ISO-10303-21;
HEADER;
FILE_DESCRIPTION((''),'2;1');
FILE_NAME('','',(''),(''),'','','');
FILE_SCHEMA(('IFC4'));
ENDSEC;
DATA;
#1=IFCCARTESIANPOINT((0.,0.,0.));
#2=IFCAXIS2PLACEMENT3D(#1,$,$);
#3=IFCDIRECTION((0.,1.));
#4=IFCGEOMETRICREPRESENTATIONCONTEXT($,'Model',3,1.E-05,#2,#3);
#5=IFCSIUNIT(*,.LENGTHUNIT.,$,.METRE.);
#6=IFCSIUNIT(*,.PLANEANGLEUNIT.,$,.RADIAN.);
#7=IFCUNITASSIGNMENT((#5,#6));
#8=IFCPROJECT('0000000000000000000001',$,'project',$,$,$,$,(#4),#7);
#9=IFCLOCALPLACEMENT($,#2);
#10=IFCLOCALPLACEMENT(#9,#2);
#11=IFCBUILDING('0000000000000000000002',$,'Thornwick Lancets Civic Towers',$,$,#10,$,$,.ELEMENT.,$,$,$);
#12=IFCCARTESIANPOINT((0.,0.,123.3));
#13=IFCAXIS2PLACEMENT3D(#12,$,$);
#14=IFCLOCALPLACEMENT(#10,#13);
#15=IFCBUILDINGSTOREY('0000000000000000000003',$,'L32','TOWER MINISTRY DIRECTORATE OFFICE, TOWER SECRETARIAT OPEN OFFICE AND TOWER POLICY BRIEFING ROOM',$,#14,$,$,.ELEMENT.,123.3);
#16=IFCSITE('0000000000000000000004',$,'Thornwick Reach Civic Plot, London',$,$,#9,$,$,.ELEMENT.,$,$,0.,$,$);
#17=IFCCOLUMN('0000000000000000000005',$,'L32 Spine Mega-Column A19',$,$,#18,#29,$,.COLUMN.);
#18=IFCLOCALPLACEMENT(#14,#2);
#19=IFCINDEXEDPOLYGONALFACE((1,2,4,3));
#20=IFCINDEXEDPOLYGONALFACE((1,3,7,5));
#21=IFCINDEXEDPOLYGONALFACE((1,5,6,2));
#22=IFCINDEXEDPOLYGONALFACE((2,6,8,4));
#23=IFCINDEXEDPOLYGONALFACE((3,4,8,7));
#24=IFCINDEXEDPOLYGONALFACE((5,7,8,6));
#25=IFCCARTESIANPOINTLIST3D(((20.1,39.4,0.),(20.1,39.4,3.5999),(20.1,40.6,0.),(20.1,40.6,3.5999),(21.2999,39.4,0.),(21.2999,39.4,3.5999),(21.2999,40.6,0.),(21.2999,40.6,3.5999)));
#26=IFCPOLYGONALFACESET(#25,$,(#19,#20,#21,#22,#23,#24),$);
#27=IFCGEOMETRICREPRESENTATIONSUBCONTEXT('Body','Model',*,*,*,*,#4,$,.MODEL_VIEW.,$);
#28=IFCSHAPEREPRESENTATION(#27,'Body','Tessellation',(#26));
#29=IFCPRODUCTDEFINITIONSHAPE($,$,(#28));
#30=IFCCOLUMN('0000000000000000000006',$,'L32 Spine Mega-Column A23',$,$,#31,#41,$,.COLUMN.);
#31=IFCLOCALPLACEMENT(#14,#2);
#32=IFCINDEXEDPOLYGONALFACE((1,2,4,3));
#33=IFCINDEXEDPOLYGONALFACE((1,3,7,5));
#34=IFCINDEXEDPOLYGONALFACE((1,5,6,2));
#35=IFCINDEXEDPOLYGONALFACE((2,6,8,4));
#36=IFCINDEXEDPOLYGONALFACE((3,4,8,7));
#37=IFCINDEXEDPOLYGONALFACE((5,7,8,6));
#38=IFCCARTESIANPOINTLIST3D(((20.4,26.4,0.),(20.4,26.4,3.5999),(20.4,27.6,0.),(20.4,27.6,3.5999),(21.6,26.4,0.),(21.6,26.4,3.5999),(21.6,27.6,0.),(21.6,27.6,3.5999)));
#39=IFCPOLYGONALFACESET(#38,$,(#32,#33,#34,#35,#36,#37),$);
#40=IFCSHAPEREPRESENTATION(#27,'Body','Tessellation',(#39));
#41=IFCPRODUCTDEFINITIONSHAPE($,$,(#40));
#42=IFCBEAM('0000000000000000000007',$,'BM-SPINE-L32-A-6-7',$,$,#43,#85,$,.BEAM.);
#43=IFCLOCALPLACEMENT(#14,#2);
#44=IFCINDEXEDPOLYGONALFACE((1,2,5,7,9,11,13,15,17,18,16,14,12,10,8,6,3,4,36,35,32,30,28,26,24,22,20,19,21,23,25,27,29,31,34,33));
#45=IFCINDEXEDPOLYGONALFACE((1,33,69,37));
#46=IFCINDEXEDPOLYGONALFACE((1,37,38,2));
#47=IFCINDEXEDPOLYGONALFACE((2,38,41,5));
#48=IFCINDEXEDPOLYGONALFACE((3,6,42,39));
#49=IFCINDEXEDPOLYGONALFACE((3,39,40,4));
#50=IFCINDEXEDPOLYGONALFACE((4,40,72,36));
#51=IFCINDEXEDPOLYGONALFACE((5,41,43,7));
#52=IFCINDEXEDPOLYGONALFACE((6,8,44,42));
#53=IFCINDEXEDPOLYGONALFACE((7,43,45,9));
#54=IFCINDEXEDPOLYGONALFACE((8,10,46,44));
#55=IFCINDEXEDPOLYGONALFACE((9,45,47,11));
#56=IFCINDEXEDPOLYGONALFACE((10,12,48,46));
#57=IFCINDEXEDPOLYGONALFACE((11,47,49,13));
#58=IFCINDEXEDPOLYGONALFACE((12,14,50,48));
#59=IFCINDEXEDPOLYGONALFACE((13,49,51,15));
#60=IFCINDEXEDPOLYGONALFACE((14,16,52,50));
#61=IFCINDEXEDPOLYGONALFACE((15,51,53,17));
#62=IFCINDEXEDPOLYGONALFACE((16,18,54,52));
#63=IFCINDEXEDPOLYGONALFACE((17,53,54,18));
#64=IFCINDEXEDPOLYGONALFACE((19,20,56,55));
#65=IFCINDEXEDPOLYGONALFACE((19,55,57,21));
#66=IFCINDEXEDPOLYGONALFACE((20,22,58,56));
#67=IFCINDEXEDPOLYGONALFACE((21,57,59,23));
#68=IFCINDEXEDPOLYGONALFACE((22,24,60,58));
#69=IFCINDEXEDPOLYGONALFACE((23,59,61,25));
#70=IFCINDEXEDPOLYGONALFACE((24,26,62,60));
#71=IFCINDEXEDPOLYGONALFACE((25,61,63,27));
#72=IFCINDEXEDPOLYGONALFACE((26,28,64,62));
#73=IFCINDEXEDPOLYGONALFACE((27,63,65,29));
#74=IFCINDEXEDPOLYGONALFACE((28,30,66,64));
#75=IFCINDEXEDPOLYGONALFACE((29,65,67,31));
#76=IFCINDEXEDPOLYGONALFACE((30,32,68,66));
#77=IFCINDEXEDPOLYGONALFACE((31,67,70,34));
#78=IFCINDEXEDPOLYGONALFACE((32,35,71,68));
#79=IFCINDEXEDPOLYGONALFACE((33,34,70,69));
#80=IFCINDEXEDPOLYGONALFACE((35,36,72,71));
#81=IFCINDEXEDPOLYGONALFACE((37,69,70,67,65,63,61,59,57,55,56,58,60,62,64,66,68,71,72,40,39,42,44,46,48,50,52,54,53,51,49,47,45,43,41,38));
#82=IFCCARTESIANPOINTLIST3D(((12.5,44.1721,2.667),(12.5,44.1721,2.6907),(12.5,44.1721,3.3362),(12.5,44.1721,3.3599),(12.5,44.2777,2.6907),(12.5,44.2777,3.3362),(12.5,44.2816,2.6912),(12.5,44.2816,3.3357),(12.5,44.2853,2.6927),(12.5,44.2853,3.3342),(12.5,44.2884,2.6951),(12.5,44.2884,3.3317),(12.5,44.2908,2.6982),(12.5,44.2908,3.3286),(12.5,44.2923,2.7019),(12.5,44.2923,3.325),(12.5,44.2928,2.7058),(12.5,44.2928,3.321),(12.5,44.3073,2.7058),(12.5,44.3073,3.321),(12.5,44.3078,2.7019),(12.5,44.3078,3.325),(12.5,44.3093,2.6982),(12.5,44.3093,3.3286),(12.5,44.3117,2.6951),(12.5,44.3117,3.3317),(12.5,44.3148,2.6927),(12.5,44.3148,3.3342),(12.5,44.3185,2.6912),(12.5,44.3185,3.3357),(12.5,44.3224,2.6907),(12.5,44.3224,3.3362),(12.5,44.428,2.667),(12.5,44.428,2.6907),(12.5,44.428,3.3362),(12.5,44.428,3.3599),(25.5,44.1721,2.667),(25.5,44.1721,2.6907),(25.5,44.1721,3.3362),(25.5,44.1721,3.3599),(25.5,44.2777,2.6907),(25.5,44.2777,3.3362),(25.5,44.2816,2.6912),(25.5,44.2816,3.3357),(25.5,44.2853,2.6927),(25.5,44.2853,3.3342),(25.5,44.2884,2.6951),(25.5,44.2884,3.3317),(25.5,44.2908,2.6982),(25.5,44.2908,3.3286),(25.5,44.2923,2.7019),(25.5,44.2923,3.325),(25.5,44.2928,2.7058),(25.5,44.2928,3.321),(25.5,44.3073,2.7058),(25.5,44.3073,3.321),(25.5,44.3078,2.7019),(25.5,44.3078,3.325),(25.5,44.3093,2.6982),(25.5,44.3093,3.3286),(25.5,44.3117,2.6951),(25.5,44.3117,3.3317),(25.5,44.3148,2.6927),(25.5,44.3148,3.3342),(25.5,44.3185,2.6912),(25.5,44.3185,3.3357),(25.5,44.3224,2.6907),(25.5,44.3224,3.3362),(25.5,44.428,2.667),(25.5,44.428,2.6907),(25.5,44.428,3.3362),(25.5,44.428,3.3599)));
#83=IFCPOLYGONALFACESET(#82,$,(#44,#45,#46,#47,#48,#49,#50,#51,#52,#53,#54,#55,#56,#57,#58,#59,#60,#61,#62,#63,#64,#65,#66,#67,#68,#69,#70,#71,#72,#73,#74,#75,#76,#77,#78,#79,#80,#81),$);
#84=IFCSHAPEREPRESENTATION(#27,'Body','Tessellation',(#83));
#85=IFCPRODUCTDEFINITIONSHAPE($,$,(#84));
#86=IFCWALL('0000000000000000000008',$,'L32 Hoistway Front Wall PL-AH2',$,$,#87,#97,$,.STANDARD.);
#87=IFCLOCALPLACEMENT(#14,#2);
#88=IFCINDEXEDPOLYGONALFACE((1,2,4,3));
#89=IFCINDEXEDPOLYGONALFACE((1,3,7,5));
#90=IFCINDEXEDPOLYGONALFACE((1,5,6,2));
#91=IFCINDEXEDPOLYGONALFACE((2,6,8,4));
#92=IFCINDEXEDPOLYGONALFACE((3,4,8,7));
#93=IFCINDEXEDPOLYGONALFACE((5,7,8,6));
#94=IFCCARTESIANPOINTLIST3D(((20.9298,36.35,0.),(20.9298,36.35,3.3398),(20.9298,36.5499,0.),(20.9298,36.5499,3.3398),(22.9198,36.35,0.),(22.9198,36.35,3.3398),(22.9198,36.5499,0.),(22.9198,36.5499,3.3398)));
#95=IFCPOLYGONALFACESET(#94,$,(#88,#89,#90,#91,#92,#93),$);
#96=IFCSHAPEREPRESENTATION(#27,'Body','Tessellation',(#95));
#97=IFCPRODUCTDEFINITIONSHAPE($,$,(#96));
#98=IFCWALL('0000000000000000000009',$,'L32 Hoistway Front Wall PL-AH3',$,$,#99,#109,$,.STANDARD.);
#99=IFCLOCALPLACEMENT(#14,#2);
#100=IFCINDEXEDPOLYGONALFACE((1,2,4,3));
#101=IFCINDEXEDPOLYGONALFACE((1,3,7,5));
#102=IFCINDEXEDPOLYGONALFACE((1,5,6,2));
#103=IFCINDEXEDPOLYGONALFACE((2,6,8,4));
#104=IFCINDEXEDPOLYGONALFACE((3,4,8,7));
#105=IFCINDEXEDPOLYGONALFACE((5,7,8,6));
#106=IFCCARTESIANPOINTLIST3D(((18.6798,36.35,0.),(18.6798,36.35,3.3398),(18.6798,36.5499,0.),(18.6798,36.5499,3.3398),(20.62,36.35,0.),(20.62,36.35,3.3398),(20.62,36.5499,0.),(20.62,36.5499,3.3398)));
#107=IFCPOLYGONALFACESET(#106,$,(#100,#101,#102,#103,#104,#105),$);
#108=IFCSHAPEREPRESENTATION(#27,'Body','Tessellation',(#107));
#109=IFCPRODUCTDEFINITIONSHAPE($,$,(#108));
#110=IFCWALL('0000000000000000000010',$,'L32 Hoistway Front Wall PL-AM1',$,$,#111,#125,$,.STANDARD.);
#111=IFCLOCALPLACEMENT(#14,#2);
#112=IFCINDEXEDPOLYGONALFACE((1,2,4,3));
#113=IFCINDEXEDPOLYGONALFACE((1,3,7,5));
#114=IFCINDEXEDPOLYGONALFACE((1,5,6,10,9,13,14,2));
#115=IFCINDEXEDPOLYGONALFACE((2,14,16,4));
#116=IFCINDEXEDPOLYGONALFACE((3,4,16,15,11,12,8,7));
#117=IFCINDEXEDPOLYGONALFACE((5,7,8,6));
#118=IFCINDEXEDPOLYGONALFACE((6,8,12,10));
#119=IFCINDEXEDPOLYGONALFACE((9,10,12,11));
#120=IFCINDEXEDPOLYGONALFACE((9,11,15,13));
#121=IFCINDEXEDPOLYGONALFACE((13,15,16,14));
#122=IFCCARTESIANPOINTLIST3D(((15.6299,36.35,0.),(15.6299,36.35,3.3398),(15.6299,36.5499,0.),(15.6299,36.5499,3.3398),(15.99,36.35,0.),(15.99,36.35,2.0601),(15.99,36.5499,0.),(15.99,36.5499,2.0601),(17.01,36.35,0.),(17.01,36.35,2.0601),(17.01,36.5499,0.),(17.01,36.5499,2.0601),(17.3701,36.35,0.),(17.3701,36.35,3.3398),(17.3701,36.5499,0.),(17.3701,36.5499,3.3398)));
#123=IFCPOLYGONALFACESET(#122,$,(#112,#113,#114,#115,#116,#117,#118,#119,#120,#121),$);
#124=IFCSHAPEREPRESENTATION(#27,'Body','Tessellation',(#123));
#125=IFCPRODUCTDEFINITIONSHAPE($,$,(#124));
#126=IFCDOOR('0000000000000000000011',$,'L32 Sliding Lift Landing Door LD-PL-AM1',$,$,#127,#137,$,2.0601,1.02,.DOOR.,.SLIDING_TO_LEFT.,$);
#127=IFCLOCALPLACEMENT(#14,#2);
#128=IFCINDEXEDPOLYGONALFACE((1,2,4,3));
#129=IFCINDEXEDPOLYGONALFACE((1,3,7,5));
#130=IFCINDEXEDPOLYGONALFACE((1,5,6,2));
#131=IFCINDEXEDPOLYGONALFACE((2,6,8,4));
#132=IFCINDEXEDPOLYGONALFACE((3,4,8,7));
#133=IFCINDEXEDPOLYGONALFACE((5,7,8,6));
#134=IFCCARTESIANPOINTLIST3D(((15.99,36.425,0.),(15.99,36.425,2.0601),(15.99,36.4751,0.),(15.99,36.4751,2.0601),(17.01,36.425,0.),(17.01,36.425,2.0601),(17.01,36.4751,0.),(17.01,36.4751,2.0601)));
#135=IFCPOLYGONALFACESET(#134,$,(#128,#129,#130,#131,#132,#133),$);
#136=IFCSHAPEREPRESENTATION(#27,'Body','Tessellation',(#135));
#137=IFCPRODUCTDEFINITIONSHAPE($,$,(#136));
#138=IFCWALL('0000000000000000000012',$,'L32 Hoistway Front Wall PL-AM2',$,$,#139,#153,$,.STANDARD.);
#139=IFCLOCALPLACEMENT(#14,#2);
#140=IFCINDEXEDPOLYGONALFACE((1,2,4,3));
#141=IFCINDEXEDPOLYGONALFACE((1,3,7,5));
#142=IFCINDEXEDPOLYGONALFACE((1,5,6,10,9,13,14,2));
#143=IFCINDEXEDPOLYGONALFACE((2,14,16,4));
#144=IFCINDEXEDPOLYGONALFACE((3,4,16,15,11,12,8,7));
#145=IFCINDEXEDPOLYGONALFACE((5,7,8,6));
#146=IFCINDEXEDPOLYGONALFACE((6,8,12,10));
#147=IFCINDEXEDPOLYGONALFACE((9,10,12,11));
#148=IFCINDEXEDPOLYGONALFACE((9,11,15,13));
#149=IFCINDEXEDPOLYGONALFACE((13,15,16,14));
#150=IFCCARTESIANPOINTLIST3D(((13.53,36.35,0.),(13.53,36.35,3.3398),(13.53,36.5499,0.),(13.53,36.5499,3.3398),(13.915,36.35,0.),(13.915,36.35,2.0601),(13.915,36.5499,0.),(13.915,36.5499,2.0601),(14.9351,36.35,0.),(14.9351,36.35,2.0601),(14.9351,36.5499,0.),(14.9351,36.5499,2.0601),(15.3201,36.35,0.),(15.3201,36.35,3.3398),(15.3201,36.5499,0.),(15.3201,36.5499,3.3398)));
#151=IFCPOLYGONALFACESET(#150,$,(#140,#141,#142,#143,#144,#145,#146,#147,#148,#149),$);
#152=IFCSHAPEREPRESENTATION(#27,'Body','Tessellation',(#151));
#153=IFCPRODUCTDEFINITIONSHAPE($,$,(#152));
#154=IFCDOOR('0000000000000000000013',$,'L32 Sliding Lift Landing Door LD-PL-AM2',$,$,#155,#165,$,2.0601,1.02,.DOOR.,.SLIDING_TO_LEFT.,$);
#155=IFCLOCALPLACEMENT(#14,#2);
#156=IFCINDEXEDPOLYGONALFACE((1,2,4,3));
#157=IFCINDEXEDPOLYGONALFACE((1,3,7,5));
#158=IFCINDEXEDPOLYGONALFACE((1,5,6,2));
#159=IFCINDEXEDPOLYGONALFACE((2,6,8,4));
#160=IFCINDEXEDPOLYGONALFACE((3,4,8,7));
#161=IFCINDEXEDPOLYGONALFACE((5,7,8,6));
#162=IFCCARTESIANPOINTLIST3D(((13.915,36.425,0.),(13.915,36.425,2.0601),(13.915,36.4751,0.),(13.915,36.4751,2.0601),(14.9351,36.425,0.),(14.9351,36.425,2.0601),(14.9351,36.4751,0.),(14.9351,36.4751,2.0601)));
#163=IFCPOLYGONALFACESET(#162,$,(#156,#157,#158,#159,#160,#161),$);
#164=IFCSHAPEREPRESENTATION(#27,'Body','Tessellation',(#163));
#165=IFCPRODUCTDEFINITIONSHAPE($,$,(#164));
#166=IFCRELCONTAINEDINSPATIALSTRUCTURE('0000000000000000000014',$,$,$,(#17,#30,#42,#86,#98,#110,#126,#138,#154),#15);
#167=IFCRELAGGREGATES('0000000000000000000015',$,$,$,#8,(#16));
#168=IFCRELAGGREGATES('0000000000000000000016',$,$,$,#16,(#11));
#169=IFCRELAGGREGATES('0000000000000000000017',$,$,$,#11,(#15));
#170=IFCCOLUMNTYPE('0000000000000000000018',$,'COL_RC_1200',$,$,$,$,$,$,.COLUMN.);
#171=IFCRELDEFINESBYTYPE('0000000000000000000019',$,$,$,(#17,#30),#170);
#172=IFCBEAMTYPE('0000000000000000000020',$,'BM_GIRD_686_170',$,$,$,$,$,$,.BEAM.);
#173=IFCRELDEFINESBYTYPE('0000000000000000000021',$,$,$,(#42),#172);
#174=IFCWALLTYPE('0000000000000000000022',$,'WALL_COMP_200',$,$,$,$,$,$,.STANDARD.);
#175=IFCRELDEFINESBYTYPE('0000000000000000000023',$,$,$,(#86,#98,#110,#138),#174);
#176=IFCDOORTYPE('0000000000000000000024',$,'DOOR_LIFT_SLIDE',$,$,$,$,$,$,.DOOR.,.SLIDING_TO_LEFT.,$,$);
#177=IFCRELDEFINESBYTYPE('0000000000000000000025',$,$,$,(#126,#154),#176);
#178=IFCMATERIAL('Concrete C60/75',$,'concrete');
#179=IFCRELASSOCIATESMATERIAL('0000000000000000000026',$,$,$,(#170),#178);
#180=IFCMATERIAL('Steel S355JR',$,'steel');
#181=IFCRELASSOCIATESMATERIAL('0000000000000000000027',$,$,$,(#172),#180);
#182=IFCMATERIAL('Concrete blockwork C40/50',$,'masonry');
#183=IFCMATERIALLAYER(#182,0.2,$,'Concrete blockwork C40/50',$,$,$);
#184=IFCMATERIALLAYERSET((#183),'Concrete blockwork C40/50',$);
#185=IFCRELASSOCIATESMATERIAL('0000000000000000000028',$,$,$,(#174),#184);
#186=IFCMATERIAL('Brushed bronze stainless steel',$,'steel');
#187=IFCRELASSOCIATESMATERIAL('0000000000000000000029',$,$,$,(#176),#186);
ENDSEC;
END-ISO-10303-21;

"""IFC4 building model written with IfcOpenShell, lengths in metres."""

from ifc_helpers import new_model, si_unit, direction, frame, frame_2d, origin, origin_2d, place, context, subcontext, project, spatial, rectangle, i_section, extrude, material, layer, layer_set, material_profile, profile_set, type_object, element, fill, save


model = new_model("IFC4")

# Units and contexts
model_context = context("Model", 3, precision=1e-05, world=origin(), true_north=direction((0.0, 1.0)))
body_context = subcontext(model_context, "Body", "Model", "MODEL_VIEW")
ifc_project = project(units=[si_unit("LENGTHUNIT", "METRE"), si_unit("PLANEANGLEUNIT", "RADIAN")], contexts=[model_context])

# Site, building, storey
site_placement = place(None, origin())
site = spatial("IfcSite", under=ifc_project, at=site_placement, Name="Thornwick Reach Civic Plot, London", CompositionType="ELEMENT", RefElevation=0.0)
building_placement = place(site_placement, origin())
building = spatial("IfcBuilding", under=site, at=building_placement, Name="Thornwick Lancets Civic Towers", CompositionType="ELEMENT")
storey_placement = place(building_placement, frame((0.0, 0.0, 123.3)))
storey = spatial("IfcBuildingStorey", under=building, at=storey_placement, Name="L32", Description="TOWER MINISTRY DIRECTORATE OFFICE, TOWER SECRETARIAT OPEN OFFICE AND TOWER POLICY BRIEFING ROOM", CompositionType="ELEMENT", Elevation=123.3)

# Columns
ifc_material_1 = material(Name="Concrete C60/75", Category="concrete")
ifc_material_profile_1 = material_profile(ifc_material_1, rectangle(XDim=1.2, YDim=1.2, at=origin_2d()), Name="RC 1200x1200")
ifc_profile_set_1 = profile_set([ifc_material_profile_1], Name="Concrete C60/75")
column_type = type_object("IfcColumnType", Name="COL_RC_1200", PredefinedType="COLUMN", material=ifc_profile_set_1)
for number, where, z_axis, x_axis, name in (
    (1, (20.7, 40.0, 0.0), (0.0, 0.0, 1.0), (1.0, 0.0, 0.0), "L32 Spine Mega-Column A19"),
    (2, (21.0, 27.0, 0.0), (0.0, 0.0, 1.0), (1.0, 0.0, 0.0), "L32 Spine Mega-Column A23"),
):
    element("IfcColumn", number, at=place(storey_placement, frame(where, z_axis=z_axis, x_axis=x_axis)), inside=storey, type_object=column_type, Name=name, PredefinedType="COLUMN", context=body_context, shape_type="SweptSolid", body=[
        extrude(rectangle(XDim=1.2, YDim=1.2, at=origin_2d()), origin(), (0.0, 0.0, 1.0), 3.5999),
    ])

# Beam
ifc_material_2 = material(Name="Steel S355JR", Category="steel")
ifc_material_profile_2 = material_profile(ifc_material_2, i_section(OverallWidth=0.2559, OverallDepth=0.6929, WebThickness=0.0144, FlangeThickness=0.0237, FilletRadius=0.0151, at=origin_2d()), Name="UKB 686x254x170")
ifc_profile_set_2 = profile_set([ifc_material_profile_2], Name="Steel S355JR")
beam_type = type_object("IfcBeamType", Name="BM_GIRD_686_170", PredefinedType="BEAM", material=ifc_profile_set_2)
beam_placement = place(storey_placement, frame((12.5, 44.3, 3.0134), z_axis=(1.0, 0.0, 0.0), x_axis=(0.0, 1.0, 0.0)))
element("IfcBeam", 3, at=beam_placement, inside=storey, type_object=beam_type, Name="BM-SPINE-L32-A-6-7", PredefinedType="BEAM", context=body_context, shape_type="SweptSolid", body=[
    extrude(i_section(OverallWidth=0.2559, OverallDepth=0.6929, WebThickness=0.0144, FlangeThickness=0.0237, FilletRadius=0.0151, at=origin_2d()), origin(), (0.0, 0.0, 1.0), 13.0),
])

# Walls
ifc_material_3 = material(Name="Concrete blockwork C40/50", Category="masonry")
ifc_layer_1 = layer(ifc_material_3, 0.2, Name="Concrete blockwork C40/50")
ifc_layer_set_1 = layer_set([ifc_layer_1], Name="Concrete blockwork C40/50")
wall_type_1 = type_object("IfcWallType", Name="WALL_COMP_200", PredefinedType="STANDARD", material=ifc_layer_set_1)
wall_1_placement = place(storey_placement, frame((22.9199, 36.45, 0.0), z_axis=(0.0, 0.0, 1.0), x_axis=(-1.0, 0.0, 0.0)))
element("IfcWall", 4, at=wall_1_placement, inside=storey, type_object=wall_type_1, Name="L32 Hoistway Front Wall PL-AH2", PredefinedType="STANDARD", context=body_context, shape_type="SweptSolid", body=[
    extrude(rectangle(XDim=1.99, YDim=0.2, at=frame_2d((0.9951, 0.0))), origin(), (0.0, 0.0, 1.0), 3.3398),
])
wall_2_placement = place(storey_placement, frame((20.6201, 36.45, 0.0), z_axis=(0.0, 0.0, 1.0), x_axis=(-1.0, 0.0, 0.0)))
element("IfcWall", 5, at=wall_2_placement, inside=storey, type_object=wall_type_1, Name="L32 Hoistway Front Wall PL-AH3", PredefinedType="STANDARD", context=body_context, shape_type="SweptSolid", body=[
    extrude(rectangle(XDim=1.9402, YDim=0.2, at=frame_2d((0.9702, 0.0))), origin(), (0.0, 0.0, 1.0), 3.3398),
])

# Walls, openings, doors
wall_3_placement = place(storey_placement, frame((17.3701, 36.45, 0.0), z_axis=(0.0, 0.0, 1.0), x_axis=(-1.0, 0.0, 0.0)))
wall_3 = element("IfcWall", 6, at=wall_3_placement, inside=storey, type_object=wall_type_1, Name="L32 Hoistway Front Wall PL-AM1", PredefinedType="STANDARD", context=body_context, shape_type="SweptSolid", body=[
    extrude(rectangle(XDim=1.7402, YDim=0.2, at=frame_2d((0.8701, 0.0))), origin(), (0.0, 0.0, 1.0), 3.3398),
])
opening_1_placement = place(wall_3_placement, frame((0.3601, 0.0, 0.0)))
opening_1 = element("IfcOpeningElement", 7, at=opening_1_placement, cuts=wall_3, PredefinedType="OPENING", context=body_context, shape_type="SweptSolid", body=[
    extrude(rectangle(XDim=1.02, YDim=2.0601, at=frame_2d((0.51, 1.03))), frame((0.0, 0.1099, 0.0), z_axis=(0.0, -1.0, 0.0), x_axis=(1.0, 0.0, 0.0)), (0.0, 0.0, 1.0), 0.22),
])
ifc_material_4 = material(Name="Brushed bronze stainless steel", Category="steel")
door_type_1 = type_object("IfcDoorType", Name="DOOR_LIFT_SLIDE", OperationType="SLIDING_TO_LEFT", PredefinedType="DOOR", material=ifc_material_4)
door_1_placement = place(opening_1_placement, origin())
door_1 = element("IfcDoor", 8, at=door_1_placement, inside=storey, type_object=door_type_1, Name="L32 Sliding Lift Landing Door LD-PL-AM1", OperationType="SLIDING_TO_LEFT", OverallHeight=2.0601, OverallWidth=1.02, PredefinedType="DOOR", context=body_context, shape_type="SweptSolid", body=[
    extrude(rectangle(XDim=1.02, YDim=2.0601, at=frame_2d((0.51, 1.03))), frame((0.0, 0.0249, 0.0), z_axis=(0.0, -1.0, 0.0), x_axis=(1.0, 0.0, 0.0)), (0.0, 0.0, 1.0), 0.05),
])
fill(opening_1, door_1)
wall_4_placement = place(storey_placement, frame((15.3201, 36.45, 0.0), z_axis=(0.0, 0.0, 1.0), x_axis=(-1.0, 0.0, 0.0)))
wall_4 = element("IfcWall", 9, at=wall_4_placement, inside=storey, type_object=wall_type_1, Name="L32 Hoistway Front Wall PL-AM2", PredefinedType="STANDARD", context=body_context, shape_type="SweptSolid", body=[
    extrude(rectangle(XDim=1.79, YDim=0.2, at=frame_2d((0.895, 0.0))), origin(), (0.0, 0.0, 1.0), 3.3398),
])
opening_2_placement = place(wall_4_placement, frame((0.385, 0.0, 0.0)))
opening_2 = element("IfcOpeningElement", 10, at=opening_2_placement, cuts=wall_4, PredefinedType="OPENING", context=body_context, shape_type="SweptSolid", body=[
    extrude(rectangle(XDim=1.02, YDim=2.0601, at=frame_2d((0.51, 1.03))), frame((0.0, 0.1099, 0.0), z_axis=(0.0, -1.0, 0.0), x_axis=(1.0, 0.0, 0.0)), (0.0, 0.0, 1.0), 0.22),
])
door_2_placement = place(opening_2_placement, origin())
door_2 = element("IfcDoor", 11, at=door_2_placement, inside=storey, type_object=door_type_1, Name="L32 Sliding Lift Landing Door LD-PL-AM2", OperationType="SLIDING_TO_LEFT", OverallHeight=2.0601, OverallWidth=1.02, PredefinedType="DOOR", context=body_context, shape_type="SweptSolid", body=[
    extrude(rectangle(XDim=1.02, YDim=2.0601, at=frame_2d((0.51, 1.03))), frame((0.0, 0.0249, 0.0), z_axis=(0.0, -1.0, 0.0), x_axis=(1.0, 0.0, 0.0)), (0.0, 0.0, 1.0), 0.05),
])
fill(opening_2, door_2)

save(model, "model.ifc")
